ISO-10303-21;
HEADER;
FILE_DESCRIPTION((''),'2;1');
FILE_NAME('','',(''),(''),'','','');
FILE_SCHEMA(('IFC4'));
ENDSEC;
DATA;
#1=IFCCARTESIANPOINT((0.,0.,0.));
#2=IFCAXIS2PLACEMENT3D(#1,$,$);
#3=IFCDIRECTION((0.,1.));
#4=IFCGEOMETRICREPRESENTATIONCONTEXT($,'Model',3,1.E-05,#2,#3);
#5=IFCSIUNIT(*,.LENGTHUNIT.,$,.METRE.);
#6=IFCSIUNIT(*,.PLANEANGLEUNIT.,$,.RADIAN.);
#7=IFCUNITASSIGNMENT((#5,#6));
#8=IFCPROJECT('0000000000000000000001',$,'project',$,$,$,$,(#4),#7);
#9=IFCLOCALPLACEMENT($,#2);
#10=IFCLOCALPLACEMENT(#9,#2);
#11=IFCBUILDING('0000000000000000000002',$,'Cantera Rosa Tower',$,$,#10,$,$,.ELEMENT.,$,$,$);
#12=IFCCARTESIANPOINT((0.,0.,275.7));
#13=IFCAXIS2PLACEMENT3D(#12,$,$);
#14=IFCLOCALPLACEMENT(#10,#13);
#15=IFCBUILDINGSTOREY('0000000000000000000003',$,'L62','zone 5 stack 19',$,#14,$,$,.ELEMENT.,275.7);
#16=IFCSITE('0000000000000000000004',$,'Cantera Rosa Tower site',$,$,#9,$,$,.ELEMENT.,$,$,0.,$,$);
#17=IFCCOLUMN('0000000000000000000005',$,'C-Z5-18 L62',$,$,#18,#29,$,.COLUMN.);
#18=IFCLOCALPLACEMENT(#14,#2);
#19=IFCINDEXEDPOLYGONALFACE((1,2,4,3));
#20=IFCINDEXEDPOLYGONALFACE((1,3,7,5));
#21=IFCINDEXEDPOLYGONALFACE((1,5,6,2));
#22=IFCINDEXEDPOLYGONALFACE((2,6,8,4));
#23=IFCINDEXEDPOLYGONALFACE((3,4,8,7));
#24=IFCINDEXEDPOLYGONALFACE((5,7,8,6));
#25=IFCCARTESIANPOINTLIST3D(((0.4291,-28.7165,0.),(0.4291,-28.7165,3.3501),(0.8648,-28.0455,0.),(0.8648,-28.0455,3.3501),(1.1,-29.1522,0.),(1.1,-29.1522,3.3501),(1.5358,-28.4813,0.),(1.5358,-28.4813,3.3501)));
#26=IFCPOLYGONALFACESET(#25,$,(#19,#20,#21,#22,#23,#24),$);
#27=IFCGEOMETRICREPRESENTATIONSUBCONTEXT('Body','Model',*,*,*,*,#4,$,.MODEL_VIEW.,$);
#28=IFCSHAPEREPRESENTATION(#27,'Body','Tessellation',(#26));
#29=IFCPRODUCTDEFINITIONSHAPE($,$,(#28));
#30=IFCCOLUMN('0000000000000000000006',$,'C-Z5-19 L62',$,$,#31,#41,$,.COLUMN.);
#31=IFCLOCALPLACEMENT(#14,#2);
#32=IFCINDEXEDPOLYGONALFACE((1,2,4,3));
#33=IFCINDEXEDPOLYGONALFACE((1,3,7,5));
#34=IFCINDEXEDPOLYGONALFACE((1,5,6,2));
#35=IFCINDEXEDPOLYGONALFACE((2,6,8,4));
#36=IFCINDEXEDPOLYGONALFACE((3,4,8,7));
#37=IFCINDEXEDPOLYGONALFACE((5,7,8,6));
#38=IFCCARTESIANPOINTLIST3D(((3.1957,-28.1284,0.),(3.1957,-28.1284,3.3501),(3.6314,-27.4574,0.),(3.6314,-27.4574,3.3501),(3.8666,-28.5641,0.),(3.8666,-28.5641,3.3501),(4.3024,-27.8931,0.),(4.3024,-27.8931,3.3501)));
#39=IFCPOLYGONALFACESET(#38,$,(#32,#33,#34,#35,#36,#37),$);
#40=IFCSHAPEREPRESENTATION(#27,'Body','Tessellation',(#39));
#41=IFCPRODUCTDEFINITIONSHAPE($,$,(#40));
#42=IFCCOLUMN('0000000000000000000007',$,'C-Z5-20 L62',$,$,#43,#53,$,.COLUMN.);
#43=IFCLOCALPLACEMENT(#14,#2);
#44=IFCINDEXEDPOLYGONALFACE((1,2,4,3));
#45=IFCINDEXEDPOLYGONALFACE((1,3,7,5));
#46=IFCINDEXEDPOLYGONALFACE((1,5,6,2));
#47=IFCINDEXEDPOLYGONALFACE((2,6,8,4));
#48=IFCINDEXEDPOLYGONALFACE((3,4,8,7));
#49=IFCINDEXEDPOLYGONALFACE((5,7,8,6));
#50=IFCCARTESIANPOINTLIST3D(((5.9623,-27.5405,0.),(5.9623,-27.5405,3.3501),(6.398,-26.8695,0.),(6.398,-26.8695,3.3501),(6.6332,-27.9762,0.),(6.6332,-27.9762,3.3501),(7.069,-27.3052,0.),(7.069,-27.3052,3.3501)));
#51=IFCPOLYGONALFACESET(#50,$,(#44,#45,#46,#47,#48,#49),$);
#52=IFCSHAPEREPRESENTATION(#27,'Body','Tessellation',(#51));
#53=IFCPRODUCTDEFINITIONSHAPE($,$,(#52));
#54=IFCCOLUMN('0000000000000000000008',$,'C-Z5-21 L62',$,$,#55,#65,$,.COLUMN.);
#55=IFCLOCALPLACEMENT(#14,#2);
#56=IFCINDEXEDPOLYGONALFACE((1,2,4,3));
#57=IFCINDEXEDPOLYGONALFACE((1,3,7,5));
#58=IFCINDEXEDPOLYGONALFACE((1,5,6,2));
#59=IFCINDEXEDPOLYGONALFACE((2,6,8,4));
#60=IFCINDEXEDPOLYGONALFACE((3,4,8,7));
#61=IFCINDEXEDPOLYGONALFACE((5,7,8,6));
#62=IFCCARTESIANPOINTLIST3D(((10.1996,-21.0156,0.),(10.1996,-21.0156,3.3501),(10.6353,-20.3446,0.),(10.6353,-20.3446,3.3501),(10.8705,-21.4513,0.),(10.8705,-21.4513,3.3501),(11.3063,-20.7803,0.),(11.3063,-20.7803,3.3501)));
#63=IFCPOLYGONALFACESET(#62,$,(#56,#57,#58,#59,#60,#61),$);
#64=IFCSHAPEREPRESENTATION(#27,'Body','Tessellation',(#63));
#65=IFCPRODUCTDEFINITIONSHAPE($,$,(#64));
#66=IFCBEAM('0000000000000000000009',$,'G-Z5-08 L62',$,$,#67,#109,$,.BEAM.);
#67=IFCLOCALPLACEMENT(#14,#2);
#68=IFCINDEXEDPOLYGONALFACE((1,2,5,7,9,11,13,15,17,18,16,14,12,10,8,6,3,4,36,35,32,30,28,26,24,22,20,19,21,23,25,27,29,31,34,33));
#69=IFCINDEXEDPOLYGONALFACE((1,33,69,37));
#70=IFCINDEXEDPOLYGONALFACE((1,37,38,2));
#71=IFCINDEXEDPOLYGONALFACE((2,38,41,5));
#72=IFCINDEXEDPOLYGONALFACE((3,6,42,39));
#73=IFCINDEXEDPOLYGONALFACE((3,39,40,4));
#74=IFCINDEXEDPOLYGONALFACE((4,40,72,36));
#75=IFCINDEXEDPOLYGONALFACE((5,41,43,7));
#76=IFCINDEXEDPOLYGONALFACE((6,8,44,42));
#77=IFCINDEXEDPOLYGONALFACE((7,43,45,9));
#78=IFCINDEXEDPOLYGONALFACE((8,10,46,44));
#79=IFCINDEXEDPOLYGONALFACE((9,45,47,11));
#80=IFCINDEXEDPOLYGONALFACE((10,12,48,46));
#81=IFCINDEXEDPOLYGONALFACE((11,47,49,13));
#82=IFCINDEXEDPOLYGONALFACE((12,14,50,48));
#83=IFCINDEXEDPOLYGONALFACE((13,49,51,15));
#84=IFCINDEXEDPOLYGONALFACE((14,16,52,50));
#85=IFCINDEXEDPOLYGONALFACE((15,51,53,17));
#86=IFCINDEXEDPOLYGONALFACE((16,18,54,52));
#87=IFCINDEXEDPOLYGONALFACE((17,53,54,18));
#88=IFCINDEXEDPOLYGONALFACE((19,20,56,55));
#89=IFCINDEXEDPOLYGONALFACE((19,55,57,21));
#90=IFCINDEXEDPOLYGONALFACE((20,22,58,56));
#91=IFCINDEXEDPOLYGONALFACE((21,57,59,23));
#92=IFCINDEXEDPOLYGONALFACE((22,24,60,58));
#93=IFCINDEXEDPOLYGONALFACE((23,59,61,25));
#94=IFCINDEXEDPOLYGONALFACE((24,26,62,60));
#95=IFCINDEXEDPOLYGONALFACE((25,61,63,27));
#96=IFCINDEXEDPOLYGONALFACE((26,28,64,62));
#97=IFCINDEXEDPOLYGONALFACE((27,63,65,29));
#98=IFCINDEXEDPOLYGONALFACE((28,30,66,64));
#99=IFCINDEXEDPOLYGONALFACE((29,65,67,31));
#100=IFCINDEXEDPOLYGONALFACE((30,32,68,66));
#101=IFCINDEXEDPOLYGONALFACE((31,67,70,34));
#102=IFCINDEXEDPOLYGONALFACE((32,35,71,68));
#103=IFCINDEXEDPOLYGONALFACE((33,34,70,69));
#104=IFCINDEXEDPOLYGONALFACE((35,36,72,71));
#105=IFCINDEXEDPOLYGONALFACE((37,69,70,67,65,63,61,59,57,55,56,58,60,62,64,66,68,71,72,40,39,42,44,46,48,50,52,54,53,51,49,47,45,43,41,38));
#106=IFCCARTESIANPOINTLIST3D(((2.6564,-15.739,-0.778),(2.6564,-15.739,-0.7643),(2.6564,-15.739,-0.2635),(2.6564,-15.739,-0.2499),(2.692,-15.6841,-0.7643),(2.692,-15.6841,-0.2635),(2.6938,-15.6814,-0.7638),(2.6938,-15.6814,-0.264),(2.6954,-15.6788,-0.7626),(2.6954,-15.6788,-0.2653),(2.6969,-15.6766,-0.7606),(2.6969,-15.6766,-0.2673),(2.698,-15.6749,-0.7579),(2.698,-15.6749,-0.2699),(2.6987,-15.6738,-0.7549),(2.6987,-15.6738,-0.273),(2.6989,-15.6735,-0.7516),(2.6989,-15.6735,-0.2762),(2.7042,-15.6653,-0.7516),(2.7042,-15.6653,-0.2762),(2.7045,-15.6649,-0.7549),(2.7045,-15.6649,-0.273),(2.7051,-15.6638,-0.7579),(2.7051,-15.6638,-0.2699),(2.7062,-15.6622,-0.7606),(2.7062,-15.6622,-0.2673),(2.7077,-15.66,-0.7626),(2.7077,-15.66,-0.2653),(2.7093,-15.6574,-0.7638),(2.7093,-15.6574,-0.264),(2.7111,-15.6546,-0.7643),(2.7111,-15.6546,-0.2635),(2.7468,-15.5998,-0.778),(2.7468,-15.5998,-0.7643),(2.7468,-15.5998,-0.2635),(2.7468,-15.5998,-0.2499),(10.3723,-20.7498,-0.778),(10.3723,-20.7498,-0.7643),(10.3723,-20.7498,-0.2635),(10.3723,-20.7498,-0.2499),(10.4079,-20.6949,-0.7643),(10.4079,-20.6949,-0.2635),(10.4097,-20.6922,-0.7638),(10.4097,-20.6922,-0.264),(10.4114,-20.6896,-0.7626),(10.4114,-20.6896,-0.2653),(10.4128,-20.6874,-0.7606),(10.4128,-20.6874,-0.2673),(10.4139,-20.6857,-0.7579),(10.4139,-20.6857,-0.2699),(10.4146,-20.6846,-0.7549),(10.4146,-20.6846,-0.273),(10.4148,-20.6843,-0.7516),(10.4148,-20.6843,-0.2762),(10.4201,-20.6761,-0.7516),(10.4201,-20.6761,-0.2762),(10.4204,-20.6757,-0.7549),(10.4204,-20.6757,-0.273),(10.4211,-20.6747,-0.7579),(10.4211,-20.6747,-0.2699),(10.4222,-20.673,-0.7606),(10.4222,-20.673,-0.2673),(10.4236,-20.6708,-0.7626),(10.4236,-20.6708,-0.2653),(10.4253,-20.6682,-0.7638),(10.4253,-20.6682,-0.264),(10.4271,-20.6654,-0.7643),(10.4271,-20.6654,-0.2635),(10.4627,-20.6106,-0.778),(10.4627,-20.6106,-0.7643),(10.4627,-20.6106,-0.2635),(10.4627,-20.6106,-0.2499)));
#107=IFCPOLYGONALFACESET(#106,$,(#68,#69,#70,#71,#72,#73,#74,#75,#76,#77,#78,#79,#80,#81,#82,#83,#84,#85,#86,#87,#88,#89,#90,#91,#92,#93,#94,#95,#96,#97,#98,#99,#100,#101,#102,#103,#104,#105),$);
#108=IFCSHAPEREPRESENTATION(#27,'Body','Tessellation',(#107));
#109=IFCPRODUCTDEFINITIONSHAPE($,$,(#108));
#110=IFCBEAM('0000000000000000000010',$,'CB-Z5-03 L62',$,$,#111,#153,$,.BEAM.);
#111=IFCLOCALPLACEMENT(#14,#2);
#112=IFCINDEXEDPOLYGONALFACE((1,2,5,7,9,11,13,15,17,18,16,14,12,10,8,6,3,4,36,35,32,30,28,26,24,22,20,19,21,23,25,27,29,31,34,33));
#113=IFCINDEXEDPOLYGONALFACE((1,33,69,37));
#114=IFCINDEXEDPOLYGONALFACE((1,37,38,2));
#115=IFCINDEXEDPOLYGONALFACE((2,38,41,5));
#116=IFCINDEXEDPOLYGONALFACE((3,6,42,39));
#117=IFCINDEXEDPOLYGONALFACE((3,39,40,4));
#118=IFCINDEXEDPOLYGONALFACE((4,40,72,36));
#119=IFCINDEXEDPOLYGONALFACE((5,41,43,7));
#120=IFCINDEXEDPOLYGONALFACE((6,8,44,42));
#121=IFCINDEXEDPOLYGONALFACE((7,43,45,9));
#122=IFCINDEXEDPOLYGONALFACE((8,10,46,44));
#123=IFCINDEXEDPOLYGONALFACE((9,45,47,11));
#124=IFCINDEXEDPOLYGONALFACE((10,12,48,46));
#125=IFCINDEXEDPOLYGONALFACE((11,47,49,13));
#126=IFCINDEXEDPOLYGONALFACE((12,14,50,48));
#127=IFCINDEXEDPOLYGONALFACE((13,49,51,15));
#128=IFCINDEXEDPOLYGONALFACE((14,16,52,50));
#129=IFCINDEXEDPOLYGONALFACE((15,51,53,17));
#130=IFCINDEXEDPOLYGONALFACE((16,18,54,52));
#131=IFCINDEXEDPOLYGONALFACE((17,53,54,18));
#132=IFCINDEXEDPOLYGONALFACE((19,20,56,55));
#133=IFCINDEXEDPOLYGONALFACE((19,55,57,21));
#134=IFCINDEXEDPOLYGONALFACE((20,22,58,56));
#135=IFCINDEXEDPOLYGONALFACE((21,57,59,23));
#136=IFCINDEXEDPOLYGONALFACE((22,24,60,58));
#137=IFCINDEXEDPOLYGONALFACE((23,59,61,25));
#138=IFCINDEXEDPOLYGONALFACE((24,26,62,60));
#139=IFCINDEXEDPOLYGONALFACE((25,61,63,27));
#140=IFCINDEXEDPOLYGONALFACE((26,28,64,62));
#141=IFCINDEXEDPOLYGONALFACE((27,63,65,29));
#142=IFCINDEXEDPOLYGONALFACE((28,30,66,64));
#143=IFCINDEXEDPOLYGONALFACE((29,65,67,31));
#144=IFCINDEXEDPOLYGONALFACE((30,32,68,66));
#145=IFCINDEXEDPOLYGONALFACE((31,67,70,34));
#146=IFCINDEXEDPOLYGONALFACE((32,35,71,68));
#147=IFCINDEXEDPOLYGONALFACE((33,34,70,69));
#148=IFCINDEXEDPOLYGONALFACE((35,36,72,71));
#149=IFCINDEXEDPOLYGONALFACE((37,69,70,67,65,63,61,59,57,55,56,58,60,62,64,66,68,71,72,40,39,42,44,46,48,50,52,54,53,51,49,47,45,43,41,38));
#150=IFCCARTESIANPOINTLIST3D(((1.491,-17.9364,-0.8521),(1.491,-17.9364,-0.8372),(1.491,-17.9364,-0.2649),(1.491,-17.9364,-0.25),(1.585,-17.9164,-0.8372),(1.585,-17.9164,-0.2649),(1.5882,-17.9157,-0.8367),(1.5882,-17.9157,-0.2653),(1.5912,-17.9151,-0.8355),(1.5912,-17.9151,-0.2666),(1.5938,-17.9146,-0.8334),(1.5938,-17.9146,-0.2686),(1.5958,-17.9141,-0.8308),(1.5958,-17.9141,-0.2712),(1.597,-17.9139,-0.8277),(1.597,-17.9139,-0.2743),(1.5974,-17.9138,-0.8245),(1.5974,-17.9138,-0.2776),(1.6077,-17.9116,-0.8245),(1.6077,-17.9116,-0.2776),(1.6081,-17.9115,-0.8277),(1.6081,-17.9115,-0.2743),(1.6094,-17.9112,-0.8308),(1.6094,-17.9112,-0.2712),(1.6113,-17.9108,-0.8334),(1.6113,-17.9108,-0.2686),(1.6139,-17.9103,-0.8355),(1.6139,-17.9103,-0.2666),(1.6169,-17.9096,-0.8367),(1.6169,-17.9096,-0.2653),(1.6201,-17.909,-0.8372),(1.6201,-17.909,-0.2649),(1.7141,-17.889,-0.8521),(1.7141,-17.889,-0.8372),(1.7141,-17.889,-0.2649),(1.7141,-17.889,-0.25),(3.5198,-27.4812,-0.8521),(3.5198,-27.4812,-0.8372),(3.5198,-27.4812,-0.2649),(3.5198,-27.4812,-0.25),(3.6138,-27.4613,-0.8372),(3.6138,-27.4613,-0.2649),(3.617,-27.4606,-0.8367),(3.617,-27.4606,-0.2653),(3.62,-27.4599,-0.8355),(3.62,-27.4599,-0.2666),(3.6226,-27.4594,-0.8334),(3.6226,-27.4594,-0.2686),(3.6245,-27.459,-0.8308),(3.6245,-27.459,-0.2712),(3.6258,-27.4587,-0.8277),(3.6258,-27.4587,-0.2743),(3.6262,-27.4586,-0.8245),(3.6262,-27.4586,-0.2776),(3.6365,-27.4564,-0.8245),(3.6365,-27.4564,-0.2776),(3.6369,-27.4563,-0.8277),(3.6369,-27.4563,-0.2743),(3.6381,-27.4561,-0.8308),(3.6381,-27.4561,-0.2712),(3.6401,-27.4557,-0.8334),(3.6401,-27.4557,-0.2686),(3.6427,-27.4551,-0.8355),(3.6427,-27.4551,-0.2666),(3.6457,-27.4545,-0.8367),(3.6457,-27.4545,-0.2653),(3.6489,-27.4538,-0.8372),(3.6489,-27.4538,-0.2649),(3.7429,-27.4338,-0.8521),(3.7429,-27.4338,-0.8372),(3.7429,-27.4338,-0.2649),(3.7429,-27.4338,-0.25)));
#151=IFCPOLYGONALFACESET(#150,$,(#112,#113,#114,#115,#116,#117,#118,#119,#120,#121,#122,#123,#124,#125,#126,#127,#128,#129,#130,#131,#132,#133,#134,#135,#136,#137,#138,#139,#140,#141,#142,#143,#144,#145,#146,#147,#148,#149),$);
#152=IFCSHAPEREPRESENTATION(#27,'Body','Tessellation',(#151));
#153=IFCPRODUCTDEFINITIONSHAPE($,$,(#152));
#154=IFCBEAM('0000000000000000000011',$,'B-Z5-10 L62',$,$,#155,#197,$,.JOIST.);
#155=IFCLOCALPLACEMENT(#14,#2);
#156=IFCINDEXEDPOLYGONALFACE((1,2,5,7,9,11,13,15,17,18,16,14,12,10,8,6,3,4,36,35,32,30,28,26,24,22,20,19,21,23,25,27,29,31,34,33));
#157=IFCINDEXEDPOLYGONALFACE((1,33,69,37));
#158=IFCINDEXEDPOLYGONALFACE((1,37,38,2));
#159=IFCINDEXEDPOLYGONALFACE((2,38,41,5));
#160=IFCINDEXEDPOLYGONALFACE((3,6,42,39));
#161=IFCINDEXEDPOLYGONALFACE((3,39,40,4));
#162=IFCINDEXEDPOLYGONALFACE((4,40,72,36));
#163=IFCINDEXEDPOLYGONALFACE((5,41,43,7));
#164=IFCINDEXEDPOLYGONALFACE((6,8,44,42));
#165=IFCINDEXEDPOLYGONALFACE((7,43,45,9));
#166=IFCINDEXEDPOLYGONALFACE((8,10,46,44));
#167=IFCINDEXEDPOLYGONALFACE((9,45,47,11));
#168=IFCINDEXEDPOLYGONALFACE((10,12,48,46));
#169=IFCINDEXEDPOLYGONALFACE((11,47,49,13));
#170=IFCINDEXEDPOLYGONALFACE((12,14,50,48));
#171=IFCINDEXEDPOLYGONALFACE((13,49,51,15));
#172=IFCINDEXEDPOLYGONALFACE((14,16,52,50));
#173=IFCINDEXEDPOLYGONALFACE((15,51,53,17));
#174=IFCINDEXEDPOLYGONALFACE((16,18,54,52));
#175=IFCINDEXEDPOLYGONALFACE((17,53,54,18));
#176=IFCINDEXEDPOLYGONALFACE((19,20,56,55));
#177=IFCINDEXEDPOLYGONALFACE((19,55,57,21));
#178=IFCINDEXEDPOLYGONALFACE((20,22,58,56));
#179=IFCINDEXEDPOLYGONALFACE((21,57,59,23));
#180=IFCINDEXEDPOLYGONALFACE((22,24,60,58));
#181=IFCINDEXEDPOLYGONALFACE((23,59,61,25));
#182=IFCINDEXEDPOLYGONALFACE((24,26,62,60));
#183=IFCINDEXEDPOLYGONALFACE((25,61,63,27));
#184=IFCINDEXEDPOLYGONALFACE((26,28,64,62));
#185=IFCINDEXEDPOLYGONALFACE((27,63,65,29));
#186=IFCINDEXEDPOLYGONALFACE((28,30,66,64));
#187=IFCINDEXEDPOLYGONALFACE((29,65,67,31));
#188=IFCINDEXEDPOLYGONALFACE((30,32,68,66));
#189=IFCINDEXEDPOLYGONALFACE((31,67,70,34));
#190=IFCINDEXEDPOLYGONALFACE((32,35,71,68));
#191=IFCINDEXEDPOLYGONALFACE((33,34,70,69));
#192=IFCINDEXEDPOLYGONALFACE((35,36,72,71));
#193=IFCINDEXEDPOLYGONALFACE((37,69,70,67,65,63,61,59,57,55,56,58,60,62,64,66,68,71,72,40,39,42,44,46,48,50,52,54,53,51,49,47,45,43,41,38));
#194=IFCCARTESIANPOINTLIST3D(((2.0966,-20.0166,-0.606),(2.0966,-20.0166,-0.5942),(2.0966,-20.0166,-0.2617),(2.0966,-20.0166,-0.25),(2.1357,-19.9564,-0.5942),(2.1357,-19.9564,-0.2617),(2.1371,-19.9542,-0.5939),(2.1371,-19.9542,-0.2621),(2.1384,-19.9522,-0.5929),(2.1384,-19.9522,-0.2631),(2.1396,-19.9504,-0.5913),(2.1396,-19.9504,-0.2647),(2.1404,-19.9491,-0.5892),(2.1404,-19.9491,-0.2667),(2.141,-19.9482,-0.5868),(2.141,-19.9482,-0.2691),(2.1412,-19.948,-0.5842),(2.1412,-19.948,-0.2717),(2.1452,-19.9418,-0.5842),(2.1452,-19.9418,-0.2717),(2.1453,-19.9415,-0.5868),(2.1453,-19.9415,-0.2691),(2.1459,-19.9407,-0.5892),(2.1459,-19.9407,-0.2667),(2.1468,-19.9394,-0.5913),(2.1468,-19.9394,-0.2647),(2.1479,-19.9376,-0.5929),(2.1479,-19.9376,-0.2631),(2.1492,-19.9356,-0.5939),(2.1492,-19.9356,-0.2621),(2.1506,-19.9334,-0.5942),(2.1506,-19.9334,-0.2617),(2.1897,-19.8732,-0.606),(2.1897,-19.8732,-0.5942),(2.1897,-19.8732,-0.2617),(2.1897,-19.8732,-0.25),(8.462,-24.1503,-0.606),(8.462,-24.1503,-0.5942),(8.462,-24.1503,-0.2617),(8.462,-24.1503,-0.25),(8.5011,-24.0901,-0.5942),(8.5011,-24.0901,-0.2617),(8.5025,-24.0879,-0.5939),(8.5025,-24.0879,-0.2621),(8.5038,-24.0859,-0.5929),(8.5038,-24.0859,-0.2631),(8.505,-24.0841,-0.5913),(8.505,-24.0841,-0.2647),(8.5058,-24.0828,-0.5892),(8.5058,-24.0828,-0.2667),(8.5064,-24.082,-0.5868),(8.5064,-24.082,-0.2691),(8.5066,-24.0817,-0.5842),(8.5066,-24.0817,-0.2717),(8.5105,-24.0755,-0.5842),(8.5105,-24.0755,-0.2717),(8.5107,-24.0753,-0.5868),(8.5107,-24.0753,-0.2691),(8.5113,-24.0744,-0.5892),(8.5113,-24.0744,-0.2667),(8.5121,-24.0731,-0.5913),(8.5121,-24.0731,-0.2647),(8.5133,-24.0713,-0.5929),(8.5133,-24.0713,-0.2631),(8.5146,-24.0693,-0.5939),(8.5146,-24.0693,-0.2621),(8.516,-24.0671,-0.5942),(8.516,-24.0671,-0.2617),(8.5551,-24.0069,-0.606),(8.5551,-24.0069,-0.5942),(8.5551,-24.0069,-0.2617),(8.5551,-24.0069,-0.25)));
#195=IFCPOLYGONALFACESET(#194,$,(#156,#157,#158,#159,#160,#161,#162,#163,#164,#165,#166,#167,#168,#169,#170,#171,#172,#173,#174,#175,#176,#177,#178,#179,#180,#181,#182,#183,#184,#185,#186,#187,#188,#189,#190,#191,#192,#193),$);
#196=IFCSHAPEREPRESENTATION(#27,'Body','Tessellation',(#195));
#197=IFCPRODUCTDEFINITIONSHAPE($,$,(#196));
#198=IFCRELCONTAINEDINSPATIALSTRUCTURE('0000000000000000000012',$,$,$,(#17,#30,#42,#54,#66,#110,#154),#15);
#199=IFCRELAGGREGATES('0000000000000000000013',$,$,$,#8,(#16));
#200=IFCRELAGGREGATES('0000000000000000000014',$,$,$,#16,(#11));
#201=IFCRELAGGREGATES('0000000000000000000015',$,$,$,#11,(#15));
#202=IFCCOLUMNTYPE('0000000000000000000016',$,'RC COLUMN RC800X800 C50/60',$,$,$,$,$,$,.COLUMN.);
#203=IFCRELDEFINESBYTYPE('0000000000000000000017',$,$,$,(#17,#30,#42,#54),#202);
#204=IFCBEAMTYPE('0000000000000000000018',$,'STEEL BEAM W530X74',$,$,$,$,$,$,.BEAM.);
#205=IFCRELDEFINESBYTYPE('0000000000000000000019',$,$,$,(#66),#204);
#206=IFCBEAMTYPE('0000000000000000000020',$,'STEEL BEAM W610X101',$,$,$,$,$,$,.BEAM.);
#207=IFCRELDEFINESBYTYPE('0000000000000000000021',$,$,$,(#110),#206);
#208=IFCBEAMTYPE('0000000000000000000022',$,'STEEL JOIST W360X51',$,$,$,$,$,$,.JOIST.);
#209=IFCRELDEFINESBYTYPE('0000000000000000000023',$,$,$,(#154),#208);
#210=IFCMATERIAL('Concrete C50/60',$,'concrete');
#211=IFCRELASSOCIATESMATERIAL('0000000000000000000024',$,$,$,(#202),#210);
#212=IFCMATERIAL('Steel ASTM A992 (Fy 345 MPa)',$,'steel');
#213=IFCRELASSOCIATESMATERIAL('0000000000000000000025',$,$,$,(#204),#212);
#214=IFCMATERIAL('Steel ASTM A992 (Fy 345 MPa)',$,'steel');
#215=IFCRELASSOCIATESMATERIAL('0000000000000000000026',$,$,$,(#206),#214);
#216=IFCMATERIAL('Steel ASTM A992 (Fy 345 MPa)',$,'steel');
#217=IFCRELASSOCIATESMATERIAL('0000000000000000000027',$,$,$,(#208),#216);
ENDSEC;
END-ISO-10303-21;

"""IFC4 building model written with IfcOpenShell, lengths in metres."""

from ifc_helpers import new_model, si_unit, direction, frame, origin, origin_2d, place, context, subcontext, project, spatial, rectangle, i_section, extrude, material, material_profile, profile_set, type_object, element, save


model = new_model("IFC4")

# Units and contexts
model_context = context("Model", 3, precision=1e-05, world=origin(), true_north=direction((0.0, 1.0)))
body_context = subcontext(model_context, "Body", "Model", "MODEL_VIEW")
ifc_project = project(units=[si_unit("LENGTHUNIT", "METRE"), si_unit("PLANEANGLEUNIT", "RADIAN")], contexts=[model_context])

# Site, building, storey
site_placement = place(None, origin())
site = spatial("IfcSite", under=ifc_project, at=site_placement, Name="Cantera Rosa Tower site", CompositionType="ELEMENT", RefElevation=0.0)
building_placement = place(site_placement, origin())
building = spatial("IfcBuilding", under=site, at=building_placement, Name="Cantera Rosa Tower", CompositionType="ELEMENT")
storey_placement = place(building_placement, frame((0.0, 0.0, 275.7)))
storey = spatial("IfcBuildingStorey", under=building, at=storey_placement, Name="L62", Description="zone 5 stack 19", CompositionType="ELEMENT", Elevation=275.7)

# Columns
ifc_material_1 = material(Name="Concrete C50/60", Category="concrete")
ifc_material_profile_1 = material_profile(ifc_material_1, rectangle(XDim=0.8, YDim=0.8, at=origin_2d()), Name="RC COLUMN RC800X800 C50/60")
ifc_profile_set_1 = profile_set([ifc_material_profile_1], Name="Concrete C50/60")
column_type = type_object("IfcColumnType", Name="RC COLUMN RC800X800 C50/60", PredefinedType="COLUMN", material=ifc_profile_set_1)
for number, where, z_axis, x_axis, name in (
    (1, (0.9824, -28.5989, 0.0), (0.0, 0.0, 1.0), (0.544639, 0.838671, 0.0), "C-Z5-18 L62"),
    (2, (3.749, -28.0107, 0.0), (0.0, 0.0, 1.0), (0.544639, 0.838671, 0.0), "C-Z5-19 L62"),
    (3, (6.5156, -27.4229, 0.0), (0.0, 0.0, 1.0), (0.544639, 0.838671, 0.0), "C-Z5-20 L62"),
    (4, (10.7529, -20.8979, 0.0), (0.0, 0.0, 1.0), (0.544639, 0.838671, 0.0), "C-Z5-21 L62"),
):
    element("IfcColumn", number, at=place(storey_placement, frame(where, z_axis=z_axis, x_axis=x_axis)), inside=storey, type_object=column_type, Name=name, PredefinedType="COLUMN", context=body_context, shape_type="SweptSolid", body=[
        extrude(rectangle(XDim=0.8, YDim=0.8, at=origin_2d()), origin(), (0.0, 0.0, 1.0), 3.3501),
    ])

# Beams
ifc_material_2 = material(Name="Steel ASTM A992 (Fy 345 MPa)", Category="steel")
ifc_material_profile_2 = material_profile(ifc_material_2, i_section(OverallWidth=0.166, OverallDepth=0.5281, WebThickness=0.0098, FlangeThickness=0.0137, FilletRadius=0.0127, at=origin_2d()), Name="W530X74")
ifc_profile_set_2 = profile_set([ifc_material_profile_2], Name="Steel ASTM A992 (Fy 345 MPa)")
beam_type_1 = type_object("IfcBeamType", Name="STEEL BEAM W530X74", PredefinedType="BEAM", material=ifc_profile_set_2)
beam_1_placement = place(storey_placement, frame((10.4175, -20.6802, -0.5139), z_axis=(-0.838669, 0.544641, 0.0), x_axis=(-0.544641, -0.838669, 0.0)))
element("IfcBeam", 5, at=beam_1_placement, inside=storey, type_object=beam_type_1, Name="G-Z5-08 L62", PredefinedType="BEAM", context=body_context, shape_type="SweptSolid", body=[
    extrude(i_section(OverallWidth=0.166, OverallDepth=0.5281, WebThickness=0.0098, FlangeThickness=0.0137, FilletRadius=0.0127, at=origin_2d()), origin(), (0.0, 0.0, 1.0), 9.2002),
])
ifc_material_3 = material(Name="Steel ASTM A992 (Fy 345 MPa)", Category="steel")
ifc_material_profile_3 = material_profile(ifc_material_3, i_section(OverallWidth=0.228, OverallDepth=0.6021, WebThickness=0.0105, FlangeThickness=0.0149, FilletRadius=0.0127, at=origin_2d()), Name="W610X101")
ifc_profile_set_3 = profile_set([ifc_material_profile_3], Name="Steel ASTM A992 (Fy 345 MPa)")
beam_type_2 = type_object("IfcBeamType", Name="STEEL BEAM W610X101", PredefinedType="BEAM", material=ifc_profile_set_3)
beam_2_placement = place(storey_placement, frame((3.6313, -27.4575, -0.551), z_axis=(-0.207909, 0.978148, 0.0), x_axis=(-0.978148, -0.207909, 0.0)))
element("IfcBeam", 6, at=beam_2_placement, inside=storey, type_object=beam_type_2, Name="CB-Z5-03 L62", PredefinedType="BEAM", context=body_context, shape_type="SweptSolid", body=[
    extrude(i_section(OverallWidth=0.228, OverallDepth=0.6021, WebThickness=0.0105, FlangeThickness=0.0149, FilletRadius=0.0127, at=origin_2d()), origin(), (0.0, 0.0, 1.0), 9.7581),
])
ifc_material_4 = material(Name="Steel ASTM A992 (Fy 345 MPa)", Category="steel")
ifc_material_profile_4 = material_profile(ifc_material_4, i_section(OverallWidth=0.1709, OverallDepth=0.356, WebThickness=0.0073, FlangeThickness=0.0117, FilletRadius=0.01, at=origin_2d()), Name="W360X51")
ifc_profile_set_4 = profile_set([ifc_material_profile_4], Name="Steel ASTM A992 (Fy 345 MPa)")
beam_type_3 = type_object("IfcBeamType", Name="STEEL JOIST W360X51", PredefinedType="JOIST", material=ifc_profile_set_4)
beam_3_placement = place(storey_placement, frame((8.5085, -24.0786, -0.428), z_axis=(-0.838671, 0.544639, 0.0), x_axis=(-0.544639, -0.838671, 0.0)))
element("IfcBeam", 7, at=beam_3_placement, inside=storey, type_object=beam_type_3, Name="B-Z5-10 L62", PredefinedType="JOIST", context=body_context, shape_type="SweptSolid", body=[
    extrude(i_section(OverallWidth=0.1709, OverallDepth=0.356, WebThickness=0.0073, FlangeThickness=0.0117, FilletRadius=0.01, at=origin_2d()), origin(), (0.0, 0.0, 1.0), 7.5898),
])

save(model, "model.ifc")
